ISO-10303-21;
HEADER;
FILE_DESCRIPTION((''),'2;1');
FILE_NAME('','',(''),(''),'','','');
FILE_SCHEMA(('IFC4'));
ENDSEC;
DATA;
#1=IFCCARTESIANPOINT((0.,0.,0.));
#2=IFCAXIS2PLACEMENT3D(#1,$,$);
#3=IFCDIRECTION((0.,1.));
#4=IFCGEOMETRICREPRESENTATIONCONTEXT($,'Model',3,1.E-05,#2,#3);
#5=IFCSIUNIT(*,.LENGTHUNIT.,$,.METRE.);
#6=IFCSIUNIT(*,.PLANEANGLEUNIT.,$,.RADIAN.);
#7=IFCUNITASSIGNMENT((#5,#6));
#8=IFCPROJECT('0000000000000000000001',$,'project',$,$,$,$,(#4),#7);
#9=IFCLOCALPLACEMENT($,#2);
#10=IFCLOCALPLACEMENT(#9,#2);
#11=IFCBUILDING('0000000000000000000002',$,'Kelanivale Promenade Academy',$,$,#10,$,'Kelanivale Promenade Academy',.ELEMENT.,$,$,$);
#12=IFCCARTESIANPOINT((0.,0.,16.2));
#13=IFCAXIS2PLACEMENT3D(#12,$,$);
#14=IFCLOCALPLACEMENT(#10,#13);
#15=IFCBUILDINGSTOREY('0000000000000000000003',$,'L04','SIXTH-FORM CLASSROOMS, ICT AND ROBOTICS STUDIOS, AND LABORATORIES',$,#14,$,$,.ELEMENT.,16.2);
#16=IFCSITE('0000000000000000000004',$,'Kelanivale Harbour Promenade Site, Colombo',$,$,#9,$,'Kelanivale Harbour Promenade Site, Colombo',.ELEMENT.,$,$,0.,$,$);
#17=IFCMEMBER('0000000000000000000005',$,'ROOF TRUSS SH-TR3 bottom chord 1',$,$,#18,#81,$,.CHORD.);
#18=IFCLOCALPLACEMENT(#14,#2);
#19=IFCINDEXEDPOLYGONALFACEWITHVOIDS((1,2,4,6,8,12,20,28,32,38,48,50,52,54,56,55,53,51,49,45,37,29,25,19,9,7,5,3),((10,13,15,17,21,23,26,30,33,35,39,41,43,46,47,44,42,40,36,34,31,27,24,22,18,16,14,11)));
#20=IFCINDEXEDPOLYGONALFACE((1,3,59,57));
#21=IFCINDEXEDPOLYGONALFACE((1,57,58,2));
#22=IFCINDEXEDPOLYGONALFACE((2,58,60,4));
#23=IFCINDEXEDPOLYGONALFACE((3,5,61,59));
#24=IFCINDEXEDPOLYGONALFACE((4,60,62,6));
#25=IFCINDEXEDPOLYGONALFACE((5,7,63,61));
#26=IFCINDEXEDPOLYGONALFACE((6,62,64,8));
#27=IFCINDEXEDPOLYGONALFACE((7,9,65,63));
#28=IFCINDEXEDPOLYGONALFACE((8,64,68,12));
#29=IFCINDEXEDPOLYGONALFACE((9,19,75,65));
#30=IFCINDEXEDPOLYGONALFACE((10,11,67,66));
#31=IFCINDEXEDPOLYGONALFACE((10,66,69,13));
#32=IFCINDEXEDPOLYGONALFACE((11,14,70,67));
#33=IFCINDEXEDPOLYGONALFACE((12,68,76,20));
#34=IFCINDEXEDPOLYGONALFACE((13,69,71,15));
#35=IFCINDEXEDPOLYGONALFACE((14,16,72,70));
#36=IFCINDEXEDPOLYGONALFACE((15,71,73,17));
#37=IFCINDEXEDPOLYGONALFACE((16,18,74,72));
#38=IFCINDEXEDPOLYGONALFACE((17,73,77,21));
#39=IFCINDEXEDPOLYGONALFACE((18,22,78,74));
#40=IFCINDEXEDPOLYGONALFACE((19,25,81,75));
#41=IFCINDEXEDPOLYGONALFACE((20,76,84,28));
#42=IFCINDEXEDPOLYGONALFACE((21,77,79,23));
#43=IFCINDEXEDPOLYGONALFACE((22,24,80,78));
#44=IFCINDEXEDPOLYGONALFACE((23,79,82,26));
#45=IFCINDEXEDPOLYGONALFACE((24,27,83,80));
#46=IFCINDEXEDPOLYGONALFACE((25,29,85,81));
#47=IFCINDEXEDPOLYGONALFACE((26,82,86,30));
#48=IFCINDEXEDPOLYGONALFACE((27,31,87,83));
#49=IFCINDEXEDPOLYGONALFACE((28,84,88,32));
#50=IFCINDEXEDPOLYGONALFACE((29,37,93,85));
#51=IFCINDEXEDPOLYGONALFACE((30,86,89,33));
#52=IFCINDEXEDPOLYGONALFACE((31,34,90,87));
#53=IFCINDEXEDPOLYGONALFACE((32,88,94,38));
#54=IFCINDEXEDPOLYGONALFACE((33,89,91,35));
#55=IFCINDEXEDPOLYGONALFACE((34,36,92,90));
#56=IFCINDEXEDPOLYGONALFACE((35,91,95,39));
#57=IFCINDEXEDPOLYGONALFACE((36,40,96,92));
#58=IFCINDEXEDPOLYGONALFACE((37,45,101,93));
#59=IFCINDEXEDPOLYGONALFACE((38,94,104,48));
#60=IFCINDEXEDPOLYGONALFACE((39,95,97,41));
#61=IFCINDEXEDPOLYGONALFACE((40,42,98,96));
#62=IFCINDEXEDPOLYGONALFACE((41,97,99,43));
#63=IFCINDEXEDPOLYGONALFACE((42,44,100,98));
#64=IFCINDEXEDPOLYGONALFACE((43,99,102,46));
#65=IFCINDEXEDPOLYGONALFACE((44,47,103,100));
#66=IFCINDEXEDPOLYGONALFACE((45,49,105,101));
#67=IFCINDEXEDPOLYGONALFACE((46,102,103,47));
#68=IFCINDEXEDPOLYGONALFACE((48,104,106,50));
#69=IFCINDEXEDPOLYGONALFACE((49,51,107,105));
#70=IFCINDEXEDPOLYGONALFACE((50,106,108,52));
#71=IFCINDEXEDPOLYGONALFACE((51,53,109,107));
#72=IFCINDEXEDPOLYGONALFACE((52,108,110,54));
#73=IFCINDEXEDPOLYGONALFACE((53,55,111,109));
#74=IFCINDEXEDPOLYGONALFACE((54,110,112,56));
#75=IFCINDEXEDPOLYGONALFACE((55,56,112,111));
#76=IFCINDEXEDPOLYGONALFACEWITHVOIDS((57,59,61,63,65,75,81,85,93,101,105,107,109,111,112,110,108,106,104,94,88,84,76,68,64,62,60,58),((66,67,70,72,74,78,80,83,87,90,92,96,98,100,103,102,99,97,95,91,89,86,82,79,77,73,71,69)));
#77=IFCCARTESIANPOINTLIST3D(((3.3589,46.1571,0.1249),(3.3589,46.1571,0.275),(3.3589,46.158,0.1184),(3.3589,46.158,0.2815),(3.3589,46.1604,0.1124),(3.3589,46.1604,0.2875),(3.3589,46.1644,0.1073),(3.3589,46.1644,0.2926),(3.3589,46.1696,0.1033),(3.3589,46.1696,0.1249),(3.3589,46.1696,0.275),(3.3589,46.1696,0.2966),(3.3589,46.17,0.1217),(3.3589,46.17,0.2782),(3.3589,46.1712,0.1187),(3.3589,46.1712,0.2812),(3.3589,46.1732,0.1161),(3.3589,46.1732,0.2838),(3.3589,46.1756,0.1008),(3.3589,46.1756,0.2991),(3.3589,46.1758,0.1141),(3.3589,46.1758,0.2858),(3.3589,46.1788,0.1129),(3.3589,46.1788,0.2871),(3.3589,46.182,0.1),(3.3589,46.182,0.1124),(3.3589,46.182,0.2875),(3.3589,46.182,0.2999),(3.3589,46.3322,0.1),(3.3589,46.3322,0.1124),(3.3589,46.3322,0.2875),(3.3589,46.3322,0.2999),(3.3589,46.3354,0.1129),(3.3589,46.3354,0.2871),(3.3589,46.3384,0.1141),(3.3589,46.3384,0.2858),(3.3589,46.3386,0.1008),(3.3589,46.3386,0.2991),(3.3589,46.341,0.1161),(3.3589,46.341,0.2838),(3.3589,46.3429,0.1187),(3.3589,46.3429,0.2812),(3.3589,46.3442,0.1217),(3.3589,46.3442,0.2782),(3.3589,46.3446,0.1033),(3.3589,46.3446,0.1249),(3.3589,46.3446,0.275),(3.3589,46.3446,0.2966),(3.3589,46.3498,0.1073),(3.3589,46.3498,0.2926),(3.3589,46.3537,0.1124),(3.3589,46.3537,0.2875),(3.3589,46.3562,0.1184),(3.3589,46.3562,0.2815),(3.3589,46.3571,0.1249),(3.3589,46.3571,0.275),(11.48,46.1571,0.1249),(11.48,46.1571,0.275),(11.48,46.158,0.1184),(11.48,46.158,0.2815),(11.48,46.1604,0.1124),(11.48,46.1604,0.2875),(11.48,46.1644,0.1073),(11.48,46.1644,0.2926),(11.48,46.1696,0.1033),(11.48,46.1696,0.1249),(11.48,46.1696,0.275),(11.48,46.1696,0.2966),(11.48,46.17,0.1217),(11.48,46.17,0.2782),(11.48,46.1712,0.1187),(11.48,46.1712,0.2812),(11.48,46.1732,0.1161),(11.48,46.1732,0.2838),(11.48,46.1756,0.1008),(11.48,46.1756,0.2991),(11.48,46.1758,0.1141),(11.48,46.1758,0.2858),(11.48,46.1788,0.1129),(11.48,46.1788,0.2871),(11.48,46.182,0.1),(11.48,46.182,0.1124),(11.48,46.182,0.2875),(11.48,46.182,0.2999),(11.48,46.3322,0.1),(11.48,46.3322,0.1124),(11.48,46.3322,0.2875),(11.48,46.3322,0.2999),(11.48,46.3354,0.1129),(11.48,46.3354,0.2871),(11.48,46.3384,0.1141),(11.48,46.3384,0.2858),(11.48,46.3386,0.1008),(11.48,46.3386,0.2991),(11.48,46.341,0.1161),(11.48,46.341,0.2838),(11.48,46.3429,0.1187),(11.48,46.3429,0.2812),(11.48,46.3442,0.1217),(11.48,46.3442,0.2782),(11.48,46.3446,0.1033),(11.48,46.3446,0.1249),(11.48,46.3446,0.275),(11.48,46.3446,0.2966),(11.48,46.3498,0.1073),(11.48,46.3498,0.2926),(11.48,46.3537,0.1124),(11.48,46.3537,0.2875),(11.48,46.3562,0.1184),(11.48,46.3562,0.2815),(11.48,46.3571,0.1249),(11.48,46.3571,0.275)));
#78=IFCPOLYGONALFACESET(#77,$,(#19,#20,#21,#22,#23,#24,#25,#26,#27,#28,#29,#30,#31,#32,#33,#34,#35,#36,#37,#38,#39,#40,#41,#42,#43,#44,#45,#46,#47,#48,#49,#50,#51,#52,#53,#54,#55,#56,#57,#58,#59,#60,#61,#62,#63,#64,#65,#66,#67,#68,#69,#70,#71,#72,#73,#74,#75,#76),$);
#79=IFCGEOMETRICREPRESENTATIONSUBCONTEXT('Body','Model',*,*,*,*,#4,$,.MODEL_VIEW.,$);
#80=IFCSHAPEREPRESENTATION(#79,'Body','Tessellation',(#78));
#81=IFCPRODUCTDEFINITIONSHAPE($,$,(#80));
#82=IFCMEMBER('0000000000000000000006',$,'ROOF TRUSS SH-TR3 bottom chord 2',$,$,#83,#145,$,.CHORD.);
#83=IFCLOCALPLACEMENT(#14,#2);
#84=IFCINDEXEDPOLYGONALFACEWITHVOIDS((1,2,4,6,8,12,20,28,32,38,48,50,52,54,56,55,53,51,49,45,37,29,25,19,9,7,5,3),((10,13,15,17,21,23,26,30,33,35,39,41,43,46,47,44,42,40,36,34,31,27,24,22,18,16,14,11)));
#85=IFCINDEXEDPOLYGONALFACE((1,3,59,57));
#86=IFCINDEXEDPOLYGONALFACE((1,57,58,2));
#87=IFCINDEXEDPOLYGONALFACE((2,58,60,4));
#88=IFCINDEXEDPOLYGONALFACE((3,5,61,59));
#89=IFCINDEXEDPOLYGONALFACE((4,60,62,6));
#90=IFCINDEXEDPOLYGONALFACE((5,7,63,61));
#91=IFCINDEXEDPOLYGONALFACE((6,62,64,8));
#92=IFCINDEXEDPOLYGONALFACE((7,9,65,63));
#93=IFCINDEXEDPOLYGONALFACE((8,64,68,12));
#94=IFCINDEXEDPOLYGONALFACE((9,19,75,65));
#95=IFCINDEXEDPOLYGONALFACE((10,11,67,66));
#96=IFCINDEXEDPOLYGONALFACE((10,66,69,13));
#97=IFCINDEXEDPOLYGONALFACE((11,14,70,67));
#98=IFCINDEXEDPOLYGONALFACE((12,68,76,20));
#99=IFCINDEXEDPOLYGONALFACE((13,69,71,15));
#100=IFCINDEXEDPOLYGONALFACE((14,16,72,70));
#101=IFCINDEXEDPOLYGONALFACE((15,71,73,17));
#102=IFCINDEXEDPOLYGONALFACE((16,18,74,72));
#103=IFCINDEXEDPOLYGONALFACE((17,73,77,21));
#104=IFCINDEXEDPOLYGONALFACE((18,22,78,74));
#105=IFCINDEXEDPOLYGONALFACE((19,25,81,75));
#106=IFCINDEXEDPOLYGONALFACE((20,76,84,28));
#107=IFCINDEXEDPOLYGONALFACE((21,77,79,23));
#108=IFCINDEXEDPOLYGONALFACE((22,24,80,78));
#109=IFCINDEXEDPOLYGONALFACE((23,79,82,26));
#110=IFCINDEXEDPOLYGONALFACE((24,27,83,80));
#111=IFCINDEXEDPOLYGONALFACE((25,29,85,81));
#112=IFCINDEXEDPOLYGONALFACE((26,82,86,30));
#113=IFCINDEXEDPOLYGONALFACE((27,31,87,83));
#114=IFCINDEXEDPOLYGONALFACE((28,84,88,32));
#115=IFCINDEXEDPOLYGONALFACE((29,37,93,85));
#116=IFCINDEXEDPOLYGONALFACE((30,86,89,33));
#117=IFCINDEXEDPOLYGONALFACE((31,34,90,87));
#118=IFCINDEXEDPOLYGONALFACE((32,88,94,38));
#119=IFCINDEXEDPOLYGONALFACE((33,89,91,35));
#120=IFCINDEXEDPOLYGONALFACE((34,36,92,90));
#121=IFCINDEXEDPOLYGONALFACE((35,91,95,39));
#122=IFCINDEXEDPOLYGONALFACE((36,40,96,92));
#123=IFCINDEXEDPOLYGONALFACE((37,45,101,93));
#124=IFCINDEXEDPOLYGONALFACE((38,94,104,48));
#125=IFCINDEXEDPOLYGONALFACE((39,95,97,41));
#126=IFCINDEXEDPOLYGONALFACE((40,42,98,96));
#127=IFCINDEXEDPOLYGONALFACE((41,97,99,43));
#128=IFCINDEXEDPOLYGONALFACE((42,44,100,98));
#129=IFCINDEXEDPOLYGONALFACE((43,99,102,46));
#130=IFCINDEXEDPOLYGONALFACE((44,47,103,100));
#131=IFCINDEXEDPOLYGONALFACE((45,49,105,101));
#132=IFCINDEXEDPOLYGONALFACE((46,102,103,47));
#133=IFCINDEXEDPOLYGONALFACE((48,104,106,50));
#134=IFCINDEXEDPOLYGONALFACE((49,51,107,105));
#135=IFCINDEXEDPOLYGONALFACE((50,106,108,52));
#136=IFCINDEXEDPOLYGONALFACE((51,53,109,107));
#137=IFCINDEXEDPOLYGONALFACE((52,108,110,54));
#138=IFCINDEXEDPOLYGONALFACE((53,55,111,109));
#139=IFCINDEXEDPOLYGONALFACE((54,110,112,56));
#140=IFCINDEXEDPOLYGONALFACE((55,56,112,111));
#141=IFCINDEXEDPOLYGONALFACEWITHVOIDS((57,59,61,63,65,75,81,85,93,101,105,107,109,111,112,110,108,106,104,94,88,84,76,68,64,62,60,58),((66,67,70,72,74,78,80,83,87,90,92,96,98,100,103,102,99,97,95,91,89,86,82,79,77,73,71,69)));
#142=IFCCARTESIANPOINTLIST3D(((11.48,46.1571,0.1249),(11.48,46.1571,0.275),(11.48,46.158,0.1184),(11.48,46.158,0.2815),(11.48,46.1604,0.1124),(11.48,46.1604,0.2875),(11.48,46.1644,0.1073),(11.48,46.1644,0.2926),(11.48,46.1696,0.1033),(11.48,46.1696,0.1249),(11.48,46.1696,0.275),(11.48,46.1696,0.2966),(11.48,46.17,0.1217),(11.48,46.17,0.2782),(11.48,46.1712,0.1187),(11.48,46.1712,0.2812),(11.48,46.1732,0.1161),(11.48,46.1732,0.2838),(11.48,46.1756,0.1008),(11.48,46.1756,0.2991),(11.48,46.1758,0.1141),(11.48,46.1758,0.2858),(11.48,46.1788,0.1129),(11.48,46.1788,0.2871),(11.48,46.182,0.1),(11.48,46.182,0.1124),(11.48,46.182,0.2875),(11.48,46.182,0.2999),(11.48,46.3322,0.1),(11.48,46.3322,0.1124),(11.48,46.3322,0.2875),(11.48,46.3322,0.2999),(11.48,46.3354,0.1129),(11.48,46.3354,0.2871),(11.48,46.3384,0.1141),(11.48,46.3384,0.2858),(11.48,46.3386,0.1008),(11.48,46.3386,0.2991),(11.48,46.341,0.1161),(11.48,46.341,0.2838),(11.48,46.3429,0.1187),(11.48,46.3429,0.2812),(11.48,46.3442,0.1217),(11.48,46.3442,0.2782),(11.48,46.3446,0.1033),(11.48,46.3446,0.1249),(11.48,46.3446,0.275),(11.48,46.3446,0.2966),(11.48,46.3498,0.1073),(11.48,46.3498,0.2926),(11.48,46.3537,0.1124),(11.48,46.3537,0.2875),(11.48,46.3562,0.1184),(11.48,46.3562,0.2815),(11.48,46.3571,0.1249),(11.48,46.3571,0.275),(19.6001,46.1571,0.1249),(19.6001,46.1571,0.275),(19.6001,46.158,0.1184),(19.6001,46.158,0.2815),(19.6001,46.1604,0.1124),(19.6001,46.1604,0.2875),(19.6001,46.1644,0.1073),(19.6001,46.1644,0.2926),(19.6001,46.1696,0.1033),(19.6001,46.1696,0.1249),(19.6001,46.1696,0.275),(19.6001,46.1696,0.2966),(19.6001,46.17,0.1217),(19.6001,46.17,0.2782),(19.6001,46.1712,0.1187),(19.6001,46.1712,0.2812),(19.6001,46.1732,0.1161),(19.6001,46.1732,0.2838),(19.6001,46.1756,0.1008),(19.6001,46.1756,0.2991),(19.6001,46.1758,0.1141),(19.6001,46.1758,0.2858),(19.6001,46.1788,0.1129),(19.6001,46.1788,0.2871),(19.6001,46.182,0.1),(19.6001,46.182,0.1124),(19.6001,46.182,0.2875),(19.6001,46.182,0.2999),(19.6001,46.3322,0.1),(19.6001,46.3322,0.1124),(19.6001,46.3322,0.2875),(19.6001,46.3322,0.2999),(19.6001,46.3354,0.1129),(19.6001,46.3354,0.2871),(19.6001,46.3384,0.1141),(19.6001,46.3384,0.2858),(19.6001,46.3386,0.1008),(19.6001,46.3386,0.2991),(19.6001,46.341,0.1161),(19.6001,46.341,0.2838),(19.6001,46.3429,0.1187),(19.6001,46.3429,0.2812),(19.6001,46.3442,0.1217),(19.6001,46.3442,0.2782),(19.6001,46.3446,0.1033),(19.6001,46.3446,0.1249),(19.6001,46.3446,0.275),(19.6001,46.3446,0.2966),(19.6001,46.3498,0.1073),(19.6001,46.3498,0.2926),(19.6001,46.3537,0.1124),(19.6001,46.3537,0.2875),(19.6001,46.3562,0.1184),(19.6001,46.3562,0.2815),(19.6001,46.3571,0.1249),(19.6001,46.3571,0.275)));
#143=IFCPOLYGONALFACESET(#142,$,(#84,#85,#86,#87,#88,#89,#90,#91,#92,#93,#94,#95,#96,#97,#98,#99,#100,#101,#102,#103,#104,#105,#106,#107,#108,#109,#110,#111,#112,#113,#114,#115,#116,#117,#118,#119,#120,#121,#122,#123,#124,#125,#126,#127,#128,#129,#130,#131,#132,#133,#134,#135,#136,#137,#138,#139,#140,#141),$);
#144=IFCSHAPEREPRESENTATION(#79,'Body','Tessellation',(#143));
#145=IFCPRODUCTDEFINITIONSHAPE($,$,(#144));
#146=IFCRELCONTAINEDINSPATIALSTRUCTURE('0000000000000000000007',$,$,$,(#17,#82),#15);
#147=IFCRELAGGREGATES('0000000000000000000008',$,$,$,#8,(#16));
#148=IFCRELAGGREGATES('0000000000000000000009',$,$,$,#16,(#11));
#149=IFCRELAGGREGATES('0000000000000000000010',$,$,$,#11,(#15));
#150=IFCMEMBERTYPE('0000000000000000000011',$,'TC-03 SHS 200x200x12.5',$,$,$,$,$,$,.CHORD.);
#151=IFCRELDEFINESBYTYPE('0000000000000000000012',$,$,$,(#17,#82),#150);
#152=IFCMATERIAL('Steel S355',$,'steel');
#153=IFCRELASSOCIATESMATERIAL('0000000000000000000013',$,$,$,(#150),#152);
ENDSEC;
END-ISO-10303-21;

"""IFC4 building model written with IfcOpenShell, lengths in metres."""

from ifc_helpers import new_model, si_unit, direction, frame, origin, origin_2d, place, context, subcontext, project, spatial, hollow_rectangle, extrude, material, material_profile, profile_set, type_object, element, save


model = new_model("IFC4")

# Units and contexts
model_context = context("Model", 3, precision=1e-05, world=origin(), true_north=direction((0.0, 1.0)))
body_context = subcontext(model_context, "Body", "Model", "MODEL_VIEW")
ifc_project = project(units=[si_unit("LENGTHUNIT", "METRE"), si_unit("PLANEANGLEUNIT", "RADIAN")], contexts=[model_context])

# Site, building, storey
site_placement = place(None, origin())
site = spatial("IfcSite", under=ifc_project, at=site_placement, Name="Kelanivale Harbour Promenade Site, Colombo", LongName="Kelanivale Harbour Promenade Site, Colombo", CompositionType="ELEMENT", RefElevation=0.0)
building_placement = place(site_placement, origin())
building = spatial("IfcBuilding", under=site, at=building_placement, Name="Kelanivale Promenade Academy", LongName="Kelanivale Promenade Academy", CompositionType="ELEMENT")
storey_placement = place(building_placement, frame((0.0, 0.0, 16.2)))
storey = spatial("IfcBuildingStorey", under=building, at=storey_placement, Name="L04", Description="SIXTH-FORM CLASSROOMS, ICT AND ROBOTICS STUDIOS, AND LABORATORIES", CompositionType="ELEMENT", Elevation=16.2)

# Shared definitions
ifc_material_1 = material(Name="Steel S355", Category="steel")

# Members
ifc_material_profile_1 = material_profile(ifc_material_1, hollow_rectangle(XDim=0.2, YDim=0.2, WallThickness=0.0125, InnerFilletRadius=0.0125, OuterFilletRadius=0.0249, at=origin_2d()), Name="SHS 200x200x12.5")
ifc_profile_set_1 = profile_set([ifc_material_profile_1], Name="Steel S355")
member_type_1 = type_object("IfcMemberType", Name="TC-03 SHS 200x200x12.5", PredefinedType="CHORD", material=ifc_profile_set_1)
member_1_placement = place(storey_placement, frame((3.3589, 46.2571, 0.2), z_axis=(1.0, 0.0, 0.0), x_axis=(0.0, 1.0, 0.0)))
element("IfcMember", 1, at=member_1_placement, inside=storey, type_object=member_type_1, Name="ROOF TRUSS SH-TR3 bottom chord 1", PredefinedType="CHORD", context=body_context, shape_type="SweptSolid", body=[
    extrude(hollow_rectangle(XDim=0.2, YDim=0.2, WallThickness=0.0125, InnerFilletRadius=0.0125, OuterFilletRadius=0.0249, at=origin_2d()), origin(), (0.0, 0.0, 1.0), 8.1211),
])
member_2_placement = place(storey_placement, frame((11.48, 46.2571, 0.2), z_axis=(1.0, 0.0, 0.0), x_axis=(0.0, 1.0, 0.0)))
element("IfcMember", 2, at=member_2_placement, inside=storey, type_object=member_type_1, Name="ROOF TRUSS SH-TR3 bottom chord 2", PredefinedType="CHORD", context=body_context, shape_type="SweptSolid", body=[
    extrude(hollow_rectangle(XDim=0.2, YDim=0.2, WallThickness=0.0125, InnerFilletRadius=0.0125, OuterFilletRadius=0.0249, at=origin_2d()), origin(), (0.0, 0.0, 1.0), 8.1201),
])

save(model, "model.ifc")
